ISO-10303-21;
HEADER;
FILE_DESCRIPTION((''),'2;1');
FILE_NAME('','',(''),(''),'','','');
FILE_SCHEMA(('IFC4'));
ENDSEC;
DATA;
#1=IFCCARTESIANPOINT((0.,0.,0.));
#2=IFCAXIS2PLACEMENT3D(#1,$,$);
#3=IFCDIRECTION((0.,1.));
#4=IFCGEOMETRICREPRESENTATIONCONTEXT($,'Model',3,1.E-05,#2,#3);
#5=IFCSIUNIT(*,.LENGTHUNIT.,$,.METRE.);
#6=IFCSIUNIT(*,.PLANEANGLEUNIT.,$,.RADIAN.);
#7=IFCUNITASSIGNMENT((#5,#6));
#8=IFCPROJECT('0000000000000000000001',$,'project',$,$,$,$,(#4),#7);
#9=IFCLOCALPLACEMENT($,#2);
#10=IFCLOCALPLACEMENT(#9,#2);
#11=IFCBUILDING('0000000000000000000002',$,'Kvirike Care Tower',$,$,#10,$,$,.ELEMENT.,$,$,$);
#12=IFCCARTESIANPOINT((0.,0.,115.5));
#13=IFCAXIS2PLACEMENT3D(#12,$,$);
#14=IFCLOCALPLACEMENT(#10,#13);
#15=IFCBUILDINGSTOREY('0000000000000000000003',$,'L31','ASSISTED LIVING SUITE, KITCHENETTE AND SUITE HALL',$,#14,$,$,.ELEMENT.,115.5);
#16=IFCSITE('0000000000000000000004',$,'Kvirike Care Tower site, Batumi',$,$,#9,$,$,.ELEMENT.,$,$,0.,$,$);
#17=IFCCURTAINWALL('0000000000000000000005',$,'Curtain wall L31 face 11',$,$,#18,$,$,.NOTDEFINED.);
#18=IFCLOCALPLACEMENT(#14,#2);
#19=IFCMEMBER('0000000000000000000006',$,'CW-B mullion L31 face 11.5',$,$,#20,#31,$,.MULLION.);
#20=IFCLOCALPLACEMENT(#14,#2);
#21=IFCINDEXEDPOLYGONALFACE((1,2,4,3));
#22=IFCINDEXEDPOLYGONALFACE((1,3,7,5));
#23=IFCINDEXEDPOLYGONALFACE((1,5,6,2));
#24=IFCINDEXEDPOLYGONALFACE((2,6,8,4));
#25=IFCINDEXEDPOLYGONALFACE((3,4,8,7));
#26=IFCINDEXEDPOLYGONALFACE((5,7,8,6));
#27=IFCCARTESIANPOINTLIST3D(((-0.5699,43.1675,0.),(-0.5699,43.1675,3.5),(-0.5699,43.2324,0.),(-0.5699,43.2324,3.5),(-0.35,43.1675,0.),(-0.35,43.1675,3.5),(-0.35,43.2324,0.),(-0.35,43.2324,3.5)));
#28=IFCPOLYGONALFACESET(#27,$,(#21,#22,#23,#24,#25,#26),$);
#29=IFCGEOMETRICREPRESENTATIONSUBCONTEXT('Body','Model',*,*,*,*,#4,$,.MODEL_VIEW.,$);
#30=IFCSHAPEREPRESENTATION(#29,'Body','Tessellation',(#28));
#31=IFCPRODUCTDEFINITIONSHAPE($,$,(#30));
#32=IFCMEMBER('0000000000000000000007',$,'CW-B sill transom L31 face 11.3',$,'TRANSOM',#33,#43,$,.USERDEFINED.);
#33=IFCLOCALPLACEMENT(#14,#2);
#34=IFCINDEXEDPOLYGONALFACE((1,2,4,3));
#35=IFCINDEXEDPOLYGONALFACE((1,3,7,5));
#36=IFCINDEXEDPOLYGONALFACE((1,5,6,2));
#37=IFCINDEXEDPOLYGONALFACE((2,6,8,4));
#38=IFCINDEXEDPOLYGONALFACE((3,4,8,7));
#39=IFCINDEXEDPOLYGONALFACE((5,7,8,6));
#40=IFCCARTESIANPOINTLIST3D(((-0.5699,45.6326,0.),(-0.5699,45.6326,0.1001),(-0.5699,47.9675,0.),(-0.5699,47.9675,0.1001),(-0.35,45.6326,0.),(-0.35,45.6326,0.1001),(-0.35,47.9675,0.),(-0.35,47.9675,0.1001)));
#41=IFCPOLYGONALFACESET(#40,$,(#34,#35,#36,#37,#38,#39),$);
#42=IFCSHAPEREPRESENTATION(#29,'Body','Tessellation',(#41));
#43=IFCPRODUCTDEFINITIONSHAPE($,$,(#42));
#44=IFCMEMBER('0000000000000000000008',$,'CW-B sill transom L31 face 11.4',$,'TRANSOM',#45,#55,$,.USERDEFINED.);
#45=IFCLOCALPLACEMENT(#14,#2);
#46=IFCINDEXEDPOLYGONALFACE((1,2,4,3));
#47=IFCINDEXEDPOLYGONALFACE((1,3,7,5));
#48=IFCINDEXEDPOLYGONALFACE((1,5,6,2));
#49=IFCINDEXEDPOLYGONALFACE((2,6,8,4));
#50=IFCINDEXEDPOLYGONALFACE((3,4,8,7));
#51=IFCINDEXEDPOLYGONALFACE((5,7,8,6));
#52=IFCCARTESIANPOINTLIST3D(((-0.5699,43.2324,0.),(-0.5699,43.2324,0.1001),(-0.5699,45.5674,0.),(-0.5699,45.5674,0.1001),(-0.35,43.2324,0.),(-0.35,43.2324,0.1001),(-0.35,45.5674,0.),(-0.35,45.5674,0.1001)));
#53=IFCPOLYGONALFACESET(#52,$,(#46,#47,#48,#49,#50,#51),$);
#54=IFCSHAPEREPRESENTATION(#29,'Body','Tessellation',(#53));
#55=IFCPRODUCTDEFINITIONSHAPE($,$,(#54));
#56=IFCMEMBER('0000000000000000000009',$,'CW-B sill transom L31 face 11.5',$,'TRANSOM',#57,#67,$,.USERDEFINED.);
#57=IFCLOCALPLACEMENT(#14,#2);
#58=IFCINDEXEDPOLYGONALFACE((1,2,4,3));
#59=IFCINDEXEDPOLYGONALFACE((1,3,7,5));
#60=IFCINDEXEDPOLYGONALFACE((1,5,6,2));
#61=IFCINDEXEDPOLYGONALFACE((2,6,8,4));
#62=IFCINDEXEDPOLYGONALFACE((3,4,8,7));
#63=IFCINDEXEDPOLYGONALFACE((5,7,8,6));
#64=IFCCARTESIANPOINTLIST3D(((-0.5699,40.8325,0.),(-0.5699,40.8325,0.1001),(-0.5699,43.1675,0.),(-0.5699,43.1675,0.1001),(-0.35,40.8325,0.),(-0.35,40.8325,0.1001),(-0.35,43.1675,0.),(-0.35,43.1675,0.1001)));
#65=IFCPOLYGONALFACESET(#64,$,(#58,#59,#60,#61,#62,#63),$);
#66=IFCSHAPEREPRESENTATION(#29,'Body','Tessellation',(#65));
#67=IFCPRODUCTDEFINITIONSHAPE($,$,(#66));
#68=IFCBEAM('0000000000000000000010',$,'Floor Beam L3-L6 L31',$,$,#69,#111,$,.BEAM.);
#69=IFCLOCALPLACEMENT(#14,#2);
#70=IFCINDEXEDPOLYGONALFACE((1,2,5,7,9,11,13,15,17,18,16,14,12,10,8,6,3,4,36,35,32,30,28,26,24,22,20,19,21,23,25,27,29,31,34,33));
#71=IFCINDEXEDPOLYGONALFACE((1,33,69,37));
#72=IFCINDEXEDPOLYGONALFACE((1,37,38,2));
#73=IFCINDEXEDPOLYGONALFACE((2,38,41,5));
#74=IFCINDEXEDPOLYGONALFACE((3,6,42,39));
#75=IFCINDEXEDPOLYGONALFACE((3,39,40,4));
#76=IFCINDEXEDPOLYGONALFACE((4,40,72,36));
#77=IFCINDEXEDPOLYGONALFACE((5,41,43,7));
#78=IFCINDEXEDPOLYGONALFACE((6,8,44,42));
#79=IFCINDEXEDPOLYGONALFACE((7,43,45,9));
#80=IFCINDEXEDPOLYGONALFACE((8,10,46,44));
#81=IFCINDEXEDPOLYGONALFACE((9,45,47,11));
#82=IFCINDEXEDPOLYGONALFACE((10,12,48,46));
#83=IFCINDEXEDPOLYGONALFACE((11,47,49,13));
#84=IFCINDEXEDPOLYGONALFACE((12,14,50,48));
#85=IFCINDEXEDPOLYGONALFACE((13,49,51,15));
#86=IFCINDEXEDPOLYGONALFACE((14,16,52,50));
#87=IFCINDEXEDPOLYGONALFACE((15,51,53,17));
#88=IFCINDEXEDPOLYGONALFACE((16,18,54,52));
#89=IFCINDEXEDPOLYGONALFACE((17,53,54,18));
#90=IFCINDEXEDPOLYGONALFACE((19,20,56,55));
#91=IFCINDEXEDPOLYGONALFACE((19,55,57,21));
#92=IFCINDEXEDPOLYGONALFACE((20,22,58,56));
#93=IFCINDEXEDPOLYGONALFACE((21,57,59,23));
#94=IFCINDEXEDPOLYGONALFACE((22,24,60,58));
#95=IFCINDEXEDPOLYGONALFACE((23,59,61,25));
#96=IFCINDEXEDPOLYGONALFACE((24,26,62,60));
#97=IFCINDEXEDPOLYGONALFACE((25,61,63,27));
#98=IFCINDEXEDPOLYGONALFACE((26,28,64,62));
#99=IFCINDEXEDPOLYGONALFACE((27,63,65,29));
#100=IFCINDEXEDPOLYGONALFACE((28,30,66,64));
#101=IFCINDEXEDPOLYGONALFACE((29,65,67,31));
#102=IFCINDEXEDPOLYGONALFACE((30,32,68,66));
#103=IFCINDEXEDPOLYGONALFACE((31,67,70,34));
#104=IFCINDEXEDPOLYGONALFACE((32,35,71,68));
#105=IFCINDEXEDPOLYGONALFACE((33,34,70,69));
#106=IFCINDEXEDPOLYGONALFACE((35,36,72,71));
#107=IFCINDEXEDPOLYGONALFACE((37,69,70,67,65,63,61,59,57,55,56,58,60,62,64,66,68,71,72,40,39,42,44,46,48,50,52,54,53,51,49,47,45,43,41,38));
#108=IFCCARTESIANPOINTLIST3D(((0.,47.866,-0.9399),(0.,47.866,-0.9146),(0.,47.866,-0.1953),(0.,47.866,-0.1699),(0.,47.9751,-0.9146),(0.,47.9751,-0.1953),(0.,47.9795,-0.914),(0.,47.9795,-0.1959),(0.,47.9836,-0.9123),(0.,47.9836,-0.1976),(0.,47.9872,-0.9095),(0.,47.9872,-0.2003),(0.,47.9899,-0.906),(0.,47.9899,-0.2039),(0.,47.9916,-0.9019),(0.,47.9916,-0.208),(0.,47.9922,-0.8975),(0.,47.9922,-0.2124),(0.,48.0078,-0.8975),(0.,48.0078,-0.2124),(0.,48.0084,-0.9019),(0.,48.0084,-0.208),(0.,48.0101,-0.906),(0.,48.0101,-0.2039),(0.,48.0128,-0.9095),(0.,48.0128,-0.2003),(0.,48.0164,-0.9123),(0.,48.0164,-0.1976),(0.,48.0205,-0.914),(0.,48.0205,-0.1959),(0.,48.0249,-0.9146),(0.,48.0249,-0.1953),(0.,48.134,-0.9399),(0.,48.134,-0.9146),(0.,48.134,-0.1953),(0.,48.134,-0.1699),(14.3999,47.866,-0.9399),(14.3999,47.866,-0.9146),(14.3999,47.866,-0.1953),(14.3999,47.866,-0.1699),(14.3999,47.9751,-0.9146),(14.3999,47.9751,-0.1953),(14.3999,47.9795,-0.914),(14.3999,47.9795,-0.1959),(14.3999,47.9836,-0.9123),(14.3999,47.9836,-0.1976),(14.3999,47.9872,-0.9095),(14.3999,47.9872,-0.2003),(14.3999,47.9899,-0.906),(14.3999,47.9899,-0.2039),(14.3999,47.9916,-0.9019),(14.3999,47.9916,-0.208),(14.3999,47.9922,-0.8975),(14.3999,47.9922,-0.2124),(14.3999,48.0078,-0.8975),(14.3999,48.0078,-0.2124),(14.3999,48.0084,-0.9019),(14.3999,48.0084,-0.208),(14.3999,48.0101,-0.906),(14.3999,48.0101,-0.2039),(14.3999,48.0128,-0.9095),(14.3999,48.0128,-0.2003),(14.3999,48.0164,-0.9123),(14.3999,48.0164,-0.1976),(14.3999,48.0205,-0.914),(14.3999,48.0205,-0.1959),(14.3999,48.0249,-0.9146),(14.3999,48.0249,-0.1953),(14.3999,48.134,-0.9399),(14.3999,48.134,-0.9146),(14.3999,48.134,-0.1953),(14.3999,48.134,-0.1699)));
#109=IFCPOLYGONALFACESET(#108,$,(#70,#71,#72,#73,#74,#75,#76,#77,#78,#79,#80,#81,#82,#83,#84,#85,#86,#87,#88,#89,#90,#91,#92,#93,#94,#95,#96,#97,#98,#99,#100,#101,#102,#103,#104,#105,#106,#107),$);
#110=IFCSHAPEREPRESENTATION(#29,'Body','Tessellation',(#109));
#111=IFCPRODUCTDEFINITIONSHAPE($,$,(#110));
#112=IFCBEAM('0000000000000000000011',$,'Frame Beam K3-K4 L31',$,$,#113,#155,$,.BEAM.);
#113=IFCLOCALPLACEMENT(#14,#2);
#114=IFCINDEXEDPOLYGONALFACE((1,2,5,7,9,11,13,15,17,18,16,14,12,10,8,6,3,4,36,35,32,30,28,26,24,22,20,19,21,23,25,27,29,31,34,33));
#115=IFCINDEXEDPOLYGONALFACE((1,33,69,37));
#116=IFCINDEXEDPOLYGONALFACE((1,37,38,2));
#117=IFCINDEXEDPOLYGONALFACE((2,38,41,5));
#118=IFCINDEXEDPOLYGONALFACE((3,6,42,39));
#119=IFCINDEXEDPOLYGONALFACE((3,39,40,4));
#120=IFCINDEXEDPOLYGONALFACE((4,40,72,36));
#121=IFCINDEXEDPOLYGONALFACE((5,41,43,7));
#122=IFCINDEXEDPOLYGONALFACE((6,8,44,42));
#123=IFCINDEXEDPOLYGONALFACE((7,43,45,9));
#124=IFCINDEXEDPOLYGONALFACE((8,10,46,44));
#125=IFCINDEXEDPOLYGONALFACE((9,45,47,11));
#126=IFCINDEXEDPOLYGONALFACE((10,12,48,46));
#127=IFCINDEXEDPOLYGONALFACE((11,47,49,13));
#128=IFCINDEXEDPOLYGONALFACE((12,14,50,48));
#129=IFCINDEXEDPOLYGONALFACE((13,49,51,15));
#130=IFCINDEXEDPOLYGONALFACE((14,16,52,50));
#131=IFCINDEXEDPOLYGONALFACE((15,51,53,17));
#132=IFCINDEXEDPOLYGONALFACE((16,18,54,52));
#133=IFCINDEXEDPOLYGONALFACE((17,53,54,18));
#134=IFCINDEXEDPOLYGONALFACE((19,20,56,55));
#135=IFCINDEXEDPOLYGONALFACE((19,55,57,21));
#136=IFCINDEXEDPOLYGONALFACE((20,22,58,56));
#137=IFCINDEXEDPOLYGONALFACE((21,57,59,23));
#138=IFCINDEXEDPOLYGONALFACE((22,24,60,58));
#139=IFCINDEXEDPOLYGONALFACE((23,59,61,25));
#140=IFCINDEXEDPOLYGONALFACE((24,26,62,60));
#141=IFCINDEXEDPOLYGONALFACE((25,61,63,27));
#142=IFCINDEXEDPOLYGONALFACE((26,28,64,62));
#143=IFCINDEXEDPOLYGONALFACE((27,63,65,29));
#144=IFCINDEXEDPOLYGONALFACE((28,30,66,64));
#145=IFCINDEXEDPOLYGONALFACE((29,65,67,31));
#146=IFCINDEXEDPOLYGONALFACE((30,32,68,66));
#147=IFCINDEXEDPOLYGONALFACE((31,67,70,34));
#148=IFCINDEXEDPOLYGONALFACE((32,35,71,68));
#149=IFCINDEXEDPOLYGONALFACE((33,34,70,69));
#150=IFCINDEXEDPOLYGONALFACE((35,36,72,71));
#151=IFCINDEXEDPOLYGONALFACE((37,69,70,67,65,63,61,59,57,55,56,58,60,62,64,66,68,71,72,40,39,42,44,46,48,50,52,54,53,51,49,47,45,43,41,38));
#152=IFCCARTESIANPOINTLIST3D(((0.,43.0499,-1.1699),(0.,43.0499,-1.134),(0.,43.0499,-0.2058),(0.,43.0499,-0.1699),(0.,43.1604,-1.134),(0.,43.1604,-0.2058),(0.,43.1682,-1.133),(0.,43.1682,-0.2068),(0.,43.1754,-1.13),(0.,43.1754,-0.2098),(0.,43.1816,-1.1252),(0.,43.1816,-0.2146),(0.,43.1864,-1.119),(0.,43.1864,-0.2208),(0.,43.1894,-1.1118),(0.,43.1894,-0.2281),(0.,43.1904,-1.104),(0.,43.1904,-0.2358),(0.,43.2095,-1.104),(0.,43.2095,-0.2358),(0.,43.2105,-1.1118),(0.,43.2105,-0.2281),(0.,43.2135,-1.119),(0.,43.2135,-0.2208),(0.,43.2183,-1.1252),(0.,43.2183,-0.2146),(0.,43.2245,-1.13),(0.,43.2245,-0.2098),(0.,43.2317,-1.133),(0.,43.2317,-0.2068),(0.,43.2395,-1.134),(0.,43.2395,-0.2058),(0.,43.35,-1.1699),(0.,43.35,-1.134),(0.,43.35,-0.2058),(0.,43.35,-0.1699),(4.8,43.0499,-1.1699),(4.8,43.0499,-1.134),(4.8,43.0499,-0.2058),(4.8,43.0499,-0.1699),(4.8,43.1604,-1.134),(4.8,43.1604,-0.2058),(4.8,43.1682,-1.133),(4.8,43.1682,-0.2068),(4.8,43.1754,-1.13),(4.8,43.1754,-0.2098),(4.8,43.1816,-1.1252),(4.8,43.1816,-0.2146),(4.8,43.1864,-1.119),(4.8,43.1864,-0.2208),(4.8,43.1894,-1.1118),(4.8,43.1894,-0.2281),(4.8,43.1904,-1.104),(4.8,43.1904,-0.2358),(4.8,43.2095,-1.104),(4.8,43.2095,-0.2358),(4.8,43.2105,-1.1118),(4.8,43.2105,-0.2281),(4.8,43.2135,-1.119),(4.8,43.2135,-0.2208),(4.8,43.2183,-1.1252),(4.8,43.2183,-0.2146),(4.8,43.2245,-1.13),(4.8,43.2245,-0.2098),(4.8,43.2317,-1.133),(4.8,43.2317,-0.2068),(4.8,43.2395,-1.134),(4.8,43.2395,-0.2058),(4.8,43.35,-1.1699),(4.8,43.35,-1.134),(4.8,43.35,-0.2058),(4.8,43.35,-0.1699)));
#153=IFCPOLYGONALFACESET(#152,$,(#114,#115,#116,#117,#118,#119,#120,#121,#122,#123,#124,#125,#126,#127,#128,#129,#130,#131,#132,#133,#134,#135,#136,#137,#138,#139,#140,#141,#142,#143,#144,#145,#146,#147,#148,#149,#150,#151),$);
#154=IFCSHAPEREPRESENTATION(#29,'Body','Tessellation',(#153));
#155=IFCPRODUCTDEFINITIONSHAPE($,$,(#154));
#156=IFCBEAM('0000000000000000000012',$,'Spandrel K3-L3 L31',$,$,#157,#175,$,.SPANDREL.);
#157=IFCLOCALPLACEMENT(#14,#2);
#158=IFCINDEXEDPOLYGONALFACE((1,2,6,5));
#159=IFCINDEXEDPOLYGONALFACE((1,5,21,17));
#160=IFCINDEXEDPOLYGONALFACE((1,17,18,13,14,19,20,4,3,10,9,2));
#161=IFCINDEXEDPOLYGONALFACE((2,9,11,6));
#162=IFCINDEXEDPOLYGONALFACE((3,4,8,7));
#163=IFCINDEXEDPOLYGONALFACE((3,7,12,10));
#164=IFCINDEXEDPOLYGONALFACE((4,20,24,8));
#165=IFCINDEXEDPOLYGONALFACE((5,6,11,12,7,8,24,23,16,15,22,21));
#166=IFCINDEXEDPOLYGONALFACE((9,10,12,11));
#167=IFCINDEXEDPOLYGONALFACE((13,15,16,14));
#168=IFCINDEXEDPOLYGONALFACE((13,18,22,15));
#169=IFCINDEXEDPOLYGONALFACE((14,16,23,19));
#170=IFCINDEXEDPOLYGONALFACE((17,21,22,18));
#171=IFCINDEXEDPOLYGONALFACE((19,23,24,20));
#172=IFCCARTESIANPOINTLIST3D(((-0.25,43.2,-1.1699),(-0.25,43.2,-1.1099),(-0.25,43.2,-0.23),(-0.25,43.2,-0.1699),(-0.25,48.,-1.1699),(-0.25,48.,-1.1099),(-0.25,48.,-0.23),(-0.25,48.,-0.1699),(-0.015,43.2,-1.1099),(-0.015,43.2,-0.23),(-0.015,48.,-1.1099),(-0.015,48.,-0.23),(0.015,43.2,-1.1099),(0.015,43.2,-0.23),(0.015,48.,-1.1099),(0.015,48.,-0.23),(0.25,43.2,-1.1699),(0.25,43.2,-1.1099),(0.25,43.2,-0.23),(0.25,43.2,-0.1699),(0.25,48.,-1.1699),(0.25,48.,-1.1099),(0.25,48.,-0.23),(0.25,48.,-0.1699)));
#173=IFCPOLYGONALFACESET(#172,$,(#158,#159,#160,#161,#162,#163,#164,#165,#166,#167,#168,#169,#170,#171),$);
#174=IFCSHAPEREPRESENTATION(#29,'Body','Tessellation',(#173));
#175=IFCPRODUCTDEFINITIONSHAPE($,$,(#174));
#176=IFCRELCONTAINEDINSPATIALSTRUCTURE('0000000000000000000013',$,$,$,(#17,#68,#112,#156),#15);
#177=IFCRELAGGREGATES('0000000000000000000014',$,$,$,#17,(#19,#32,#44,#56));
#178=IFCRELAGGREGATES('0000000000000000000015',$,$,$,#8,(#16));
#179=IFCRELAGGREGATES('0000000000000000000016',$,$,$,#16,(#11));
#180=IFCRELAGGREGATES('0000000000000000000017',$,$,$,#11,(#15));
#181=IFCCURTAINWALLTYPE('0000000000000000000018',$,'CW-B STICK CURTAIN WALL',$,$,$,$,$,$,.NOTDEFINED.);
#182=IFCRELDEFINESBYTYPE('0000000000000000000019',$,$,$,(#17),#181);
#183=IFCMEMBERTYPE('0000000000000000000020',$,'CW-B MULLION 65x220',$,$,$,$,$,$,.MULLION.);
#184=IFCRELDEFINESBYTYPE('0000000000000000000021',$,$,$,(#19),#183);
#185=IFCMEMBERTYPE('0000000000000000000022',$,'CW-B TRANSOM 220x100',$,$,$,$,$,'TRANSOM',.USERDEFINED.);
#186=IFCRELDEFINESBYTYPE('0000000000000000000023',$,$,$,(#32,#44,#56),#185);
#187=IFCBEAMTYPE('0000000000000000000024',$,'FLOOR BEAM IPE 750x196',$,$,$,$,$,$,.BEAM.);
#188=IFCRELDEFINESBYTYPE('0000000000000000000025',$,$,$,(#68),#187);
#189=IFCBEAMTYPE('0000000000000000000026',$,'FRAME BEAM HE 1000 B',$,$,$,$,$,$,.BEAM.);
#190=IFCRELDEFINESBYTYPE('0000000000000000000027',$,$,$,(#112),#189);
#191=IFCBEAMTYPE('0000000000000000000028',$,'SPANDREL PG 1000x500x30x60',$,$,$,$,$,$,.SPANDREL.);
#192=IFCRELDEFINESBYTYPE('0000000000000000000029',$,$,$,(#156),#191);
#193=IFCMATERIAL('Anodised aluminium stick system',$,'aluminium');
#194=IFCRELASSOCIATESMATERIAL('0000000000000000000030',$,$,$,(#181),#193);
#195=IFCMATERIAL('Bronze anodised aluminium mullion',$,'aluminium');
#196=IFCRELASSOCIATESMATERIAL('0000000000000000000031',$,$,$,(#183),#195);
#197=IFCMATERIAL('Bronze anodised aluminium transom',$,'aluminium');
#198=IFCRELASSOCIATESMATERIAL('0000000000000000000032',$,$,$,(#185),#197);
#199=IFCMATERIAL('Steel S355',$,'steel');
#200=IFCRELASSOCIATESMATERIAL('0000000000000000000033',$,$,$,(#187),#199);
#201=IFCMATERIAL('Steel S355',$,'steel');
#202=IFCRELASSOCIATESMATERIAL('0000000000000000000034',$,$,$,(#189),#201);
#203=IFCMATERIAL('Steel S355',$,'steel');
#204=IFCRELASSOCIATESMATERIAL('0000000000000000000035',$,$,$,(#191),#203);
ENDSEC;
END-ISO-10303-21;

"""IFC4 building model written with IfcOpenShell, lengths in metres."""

from ifc_helpers import new_model, si_unit, direction, frame, origin, origin_2d, place, context, subcontext, project, spatial, rectangle, i_section, extrude, material, material_profile, profile_set, type_object, element, aggregate, save


model = new_model("IFC4")

# Units and contexts
model_context = context("Model", 3, precision=1e-05, world=origin(), true_north=direction((0.0, 1.0)))
body_context = subcontext(model_context, "Body", "Model", "MODEL_VIEW")
ifc_project = project(units=[si_unit("LENGTHUNIT", "METRE"), si_unit("PLANEANGLEUNIT", "RADIAN")], contexts=[model_context])

# Site, building, storey
site_placement = place(None, origin())
site = spatial("IfcSite", under=ifc_project, at=site_placement, Name="Kvirike Care Tower site, Batumi", CompositionType="ELEMENT", RefElevation=0.0)
building_placement = place(site_placement, origin())
building = spatial("IfcBuilding", under=site, at=building_placement, Name="Kvirike Care Tower", CompositionType="ELEMENT")
storey_placement = place(building_placement, frame((0.0, 0.0, 115.5)))
storey = spatial("IfcBuildingStorey", under=building, at=storey_placement, Name="L31", Description="ASSISTED LIVING SUITE, KITCHENETTE AND SUITE HALL", CompositionType="ELEMENT", Elevation=115.5)

# Curtain wall, members
ifc_material_1 = material(Name="Anodised aluminium stick system", Category="aluminium")
curtain_wall_type = type_object("IfcCurtainWallType", Name="CW-B STICK CURTAIN WALL", PredefinedType="NOTDEFINED", material=ifc_material_1)
curtain_wall_placement = place(storey_placement, origin())
curtain_wall = element("IfcCurtainWall", 1, at=curtain_wall_placement, inside=storey, type_object=curtain_wall_type, Name="Curtain wall L31 face 11", PredefinedType="NOTDEFINED")
ifc_material_2 = material(Name="Bronze anodised aluminium mullion", Category="aluminium")
ifc_material_profile_1 = material_profile(ifc_material_2, rectangle(XDim=0.0649, YDim=0.22, at=origin_2d()), Name="CW-B MULLION 65x220")
ifc_profile_set_1 = profile_set([ifc_material_profile_1], Name="Bronze anodised aluminium mullion")
member_type_1 = type_object("IfcMemberType", Name="CW-B MULLION 65x220", PredefinedType="MULLION", material=ifc_profile_set_1)
member_1_placement = place(storey_placement, frame((-0.46, 43.2, 0.0), z_axis=(0.0, 0.0, 1.0), x_axis=(0.0, -1.0, 0.0)))
member_1 = element("IfcMember", 2, at=member_1_placement, type_object=member_type_1, Name="CW-B mullion L31 face 11.5", PredefinedType="MULLION", context=body_context, shape_type="SweptSolid", body=[
    extrude(rectangle(XDim=0.0649, YDim=0.22, at=origin_2d()), origin(), (0.0, 0.0, 1.0), 3.5),
])
ifc_material_3 = material(Name="Bronze anodised aluminium transom", Category="aluminium")
ifc_material_profile_2 = material_profile(ifc_material_3, rectangle(XDim=0.22, YDim=0.1001, at=origin_2d()), Name="CW-B TRANSOM 220x100")
ifc_profile_set_2 = profile_set([ifc_material_profile_2], Name="Bronze anodised aluminium transom")
member_type_2 = type_object("IfcMemberType", Name="CW-B TRANSOM 220x100", ElementType="TRANSOM", PredefinedType="USERDEFINED", material=ifc_profile_set_2)
member_2_placement = place(storey_placement, frame((-0.46, 47.9675, 0.05), z_axis=(0.0, -1.0, 0.0), x_axis=(1.0, 0.0, 0.0)))
member_2 = element("IfcMember", 3, at=member_2_placement, type_object=member_type_2, Name="CW-B sill transom L31 face 11.3", ObjectType="TRANSOM", PredefinedType="USERDEFINED", context=body_context, shape_type="SweptSolid", body=[
    extrude(rectangle(XDim=0.22, YDim=0.1001, at=origin_2d()), origin(), (0.0, 0.0, 1.0), 2.335),
])
member_3_placement = place(storey_placement, frame((-0.46, 45.5674, 0.05), z_axis=(0.0, -1.0, 0.0), x_axis=(1.0, 0.0, 0.0)))
member_3 = element("IfcMember", 4, at=member_3_placement, type_object=member_type_2, Name="CW-B sill transom L31 face 11.4", ObjectType="TRANSOM", PredefinedType="USERDEFINED", context=body_context, shape_type="SweptSolid", body=[
    extrude(rectangle(XDim=0.22, YDim=0.1001, at=origin_2d()), origin(), (0.0, 0.0, 1.0), 2.335),
])
member_4_placement = place(storey_placement, frame((-0.46, 43.1675, 0.05), z_axis=(0.0, -1.0, 0.0), x_axis=(1.0, 0.0, 0.0)))
member_4 = element("IfcMember", 5, at=member_4_placement, type_object=member_type_2, Name="CW-B sill transom L31 face 11.5", ObjectType="TRANSOM", PredefinedType="USERDEFINED", context=body_context, shape_type="SweptSolid", body=[
    extrude(rectangle(XDim=0.22, YDim=0.1001, at=origin_2d()), origin(), (0.0, 0.0, 1.0), 2.335),
])

# Beams
ifc_material_4 = material(Name="Steel S355", Category="steel")
ifc_material_profile_3 = material_profile(ifc_material_4, i_section(OverallWidth=0.2681, OverallDepth=0.77, WebThickness=0.0156, FlangeThickness=0.0254, FilletRadius=0.0171, at=origin_2d()), Name="IPE 750x196")
ifc_profile_set_3 = profile_set([ifc_material_profile_3], Name="Steel S355")
beam_type_1 = type_object("IfcBeamType", Name="FLOOR BEAM IPE 750x196", PredefinedType="BEAM", material=ifc_profile_set_3)
beam_1_placement = place(storey_placement, frame((0.0, 48.0, -0.5549), z_axis=(1.0, 0.0, 0.0), x_axis=(0.0, 1.0, 0.0)))
element("IfcBeam", 6, at=beam_1_placement, inside=storey, type_object=beam_type_1, Name="Floor Beam L3-L6 L31", PredefinedType="BEAM", context=body_context, shape_type="SweptSolid", body=[
    extrude(i_section(OverallWidth=0.2681, OverallDepth=0.77, WebThickness=0.0156, FlangeThickness=0.0254, FilletRadius=0.0171, at=origin_2d()), origin(), (0.0, 0.0, 1.0), 14.3999),
])
ifc_material_5 = material(Name="Steel S355", Category="steel")
ifc_material_profile_4 = material_profile(ifc_material_5, i_section(OverallWidth=0.3, OverallDepth=1.0, WebThickness=0.019, FlangeThickness=0.0359, FilletRadius=0.03, at=origin_2d()), Name="HE 1000 B")
ifc_profile_set_4 = profile_set([ifc_material_profile_4], Name="Steel S355")
beam_type_2 = type_object("IfcBeamType", Name="FRAME BEAM HE 1000 B", PredefinedType="BEAM", material=ifc_profile_set_4)
beam_2_placement = place(storey_placement, frame((0.0, 43.2, -0.6699), z_axis=(1.0, 0.0, 0.0), x_axis=(0.0, 1.0, 0.0)))
element("IfcBeam", 7, at=beam_2_placement, inside=storey, type_object=beam_type_2, Name="Frame Beam K3-K4 L31", PredefinedType="BEAM", context=body_context, shape_type="SweptSolid", body=[
    extrude(i_section(OverallWidth=0.3, OverallDepth=1.0, WebThickness=0.019, FlangeThickness=0.0359, FilletRadius=0.03, at=origin_2d()), origin(), (0.0, 0.0, 1.0), 4.8),
])
ifc_material_6 = material(Name="Steel S355", Category="steel")
ifc_material_profile_5 = material_profile(ifc_material_6, i_section(OverallWidth=0.5, OverallDepth=1.0, WebThickness=0.03, FlangeThickness=0.0601, at=origin_2d()), Name="PG 1000x500x30x60")
ifc_profile_set_5 = profile_set([ifc_material_profile_5], Name="Steel S355")
beam_type_3 = type_object("IfcBeamType", Name="SPANDREL PG 1000x500x30x60", PredefinedType="SPANDREL", material=ifc_profile_set_5)
beam_3_placement = place(storey_placement, frame((0.0, 43.2, -0.6699), z_axis=(0.0, 1.0, 0.0), x_axis=(-1.0, 0.0, 0.0)))
element("IfcBeam", 8, at=beam_3_placement, inside=storey, type_object=beam_type_3, Name="Spandrel K3-L3 L31", PredefinedType="SPANDREL", context=body_context, shape_type="SweptSolid", body=[
    extrude(i_section(OverallWidth=0.5, OverallDepth=1.0, WebThickness=0.03, FlangeThickness=0.0601, at=origin_2d()), origin(), (0.0, 0.0, 1.0), 4.8),
])

aggregate(curtain_wall, [member_1, member_2, member_3, member_4])

save(model, "model.ifc")
